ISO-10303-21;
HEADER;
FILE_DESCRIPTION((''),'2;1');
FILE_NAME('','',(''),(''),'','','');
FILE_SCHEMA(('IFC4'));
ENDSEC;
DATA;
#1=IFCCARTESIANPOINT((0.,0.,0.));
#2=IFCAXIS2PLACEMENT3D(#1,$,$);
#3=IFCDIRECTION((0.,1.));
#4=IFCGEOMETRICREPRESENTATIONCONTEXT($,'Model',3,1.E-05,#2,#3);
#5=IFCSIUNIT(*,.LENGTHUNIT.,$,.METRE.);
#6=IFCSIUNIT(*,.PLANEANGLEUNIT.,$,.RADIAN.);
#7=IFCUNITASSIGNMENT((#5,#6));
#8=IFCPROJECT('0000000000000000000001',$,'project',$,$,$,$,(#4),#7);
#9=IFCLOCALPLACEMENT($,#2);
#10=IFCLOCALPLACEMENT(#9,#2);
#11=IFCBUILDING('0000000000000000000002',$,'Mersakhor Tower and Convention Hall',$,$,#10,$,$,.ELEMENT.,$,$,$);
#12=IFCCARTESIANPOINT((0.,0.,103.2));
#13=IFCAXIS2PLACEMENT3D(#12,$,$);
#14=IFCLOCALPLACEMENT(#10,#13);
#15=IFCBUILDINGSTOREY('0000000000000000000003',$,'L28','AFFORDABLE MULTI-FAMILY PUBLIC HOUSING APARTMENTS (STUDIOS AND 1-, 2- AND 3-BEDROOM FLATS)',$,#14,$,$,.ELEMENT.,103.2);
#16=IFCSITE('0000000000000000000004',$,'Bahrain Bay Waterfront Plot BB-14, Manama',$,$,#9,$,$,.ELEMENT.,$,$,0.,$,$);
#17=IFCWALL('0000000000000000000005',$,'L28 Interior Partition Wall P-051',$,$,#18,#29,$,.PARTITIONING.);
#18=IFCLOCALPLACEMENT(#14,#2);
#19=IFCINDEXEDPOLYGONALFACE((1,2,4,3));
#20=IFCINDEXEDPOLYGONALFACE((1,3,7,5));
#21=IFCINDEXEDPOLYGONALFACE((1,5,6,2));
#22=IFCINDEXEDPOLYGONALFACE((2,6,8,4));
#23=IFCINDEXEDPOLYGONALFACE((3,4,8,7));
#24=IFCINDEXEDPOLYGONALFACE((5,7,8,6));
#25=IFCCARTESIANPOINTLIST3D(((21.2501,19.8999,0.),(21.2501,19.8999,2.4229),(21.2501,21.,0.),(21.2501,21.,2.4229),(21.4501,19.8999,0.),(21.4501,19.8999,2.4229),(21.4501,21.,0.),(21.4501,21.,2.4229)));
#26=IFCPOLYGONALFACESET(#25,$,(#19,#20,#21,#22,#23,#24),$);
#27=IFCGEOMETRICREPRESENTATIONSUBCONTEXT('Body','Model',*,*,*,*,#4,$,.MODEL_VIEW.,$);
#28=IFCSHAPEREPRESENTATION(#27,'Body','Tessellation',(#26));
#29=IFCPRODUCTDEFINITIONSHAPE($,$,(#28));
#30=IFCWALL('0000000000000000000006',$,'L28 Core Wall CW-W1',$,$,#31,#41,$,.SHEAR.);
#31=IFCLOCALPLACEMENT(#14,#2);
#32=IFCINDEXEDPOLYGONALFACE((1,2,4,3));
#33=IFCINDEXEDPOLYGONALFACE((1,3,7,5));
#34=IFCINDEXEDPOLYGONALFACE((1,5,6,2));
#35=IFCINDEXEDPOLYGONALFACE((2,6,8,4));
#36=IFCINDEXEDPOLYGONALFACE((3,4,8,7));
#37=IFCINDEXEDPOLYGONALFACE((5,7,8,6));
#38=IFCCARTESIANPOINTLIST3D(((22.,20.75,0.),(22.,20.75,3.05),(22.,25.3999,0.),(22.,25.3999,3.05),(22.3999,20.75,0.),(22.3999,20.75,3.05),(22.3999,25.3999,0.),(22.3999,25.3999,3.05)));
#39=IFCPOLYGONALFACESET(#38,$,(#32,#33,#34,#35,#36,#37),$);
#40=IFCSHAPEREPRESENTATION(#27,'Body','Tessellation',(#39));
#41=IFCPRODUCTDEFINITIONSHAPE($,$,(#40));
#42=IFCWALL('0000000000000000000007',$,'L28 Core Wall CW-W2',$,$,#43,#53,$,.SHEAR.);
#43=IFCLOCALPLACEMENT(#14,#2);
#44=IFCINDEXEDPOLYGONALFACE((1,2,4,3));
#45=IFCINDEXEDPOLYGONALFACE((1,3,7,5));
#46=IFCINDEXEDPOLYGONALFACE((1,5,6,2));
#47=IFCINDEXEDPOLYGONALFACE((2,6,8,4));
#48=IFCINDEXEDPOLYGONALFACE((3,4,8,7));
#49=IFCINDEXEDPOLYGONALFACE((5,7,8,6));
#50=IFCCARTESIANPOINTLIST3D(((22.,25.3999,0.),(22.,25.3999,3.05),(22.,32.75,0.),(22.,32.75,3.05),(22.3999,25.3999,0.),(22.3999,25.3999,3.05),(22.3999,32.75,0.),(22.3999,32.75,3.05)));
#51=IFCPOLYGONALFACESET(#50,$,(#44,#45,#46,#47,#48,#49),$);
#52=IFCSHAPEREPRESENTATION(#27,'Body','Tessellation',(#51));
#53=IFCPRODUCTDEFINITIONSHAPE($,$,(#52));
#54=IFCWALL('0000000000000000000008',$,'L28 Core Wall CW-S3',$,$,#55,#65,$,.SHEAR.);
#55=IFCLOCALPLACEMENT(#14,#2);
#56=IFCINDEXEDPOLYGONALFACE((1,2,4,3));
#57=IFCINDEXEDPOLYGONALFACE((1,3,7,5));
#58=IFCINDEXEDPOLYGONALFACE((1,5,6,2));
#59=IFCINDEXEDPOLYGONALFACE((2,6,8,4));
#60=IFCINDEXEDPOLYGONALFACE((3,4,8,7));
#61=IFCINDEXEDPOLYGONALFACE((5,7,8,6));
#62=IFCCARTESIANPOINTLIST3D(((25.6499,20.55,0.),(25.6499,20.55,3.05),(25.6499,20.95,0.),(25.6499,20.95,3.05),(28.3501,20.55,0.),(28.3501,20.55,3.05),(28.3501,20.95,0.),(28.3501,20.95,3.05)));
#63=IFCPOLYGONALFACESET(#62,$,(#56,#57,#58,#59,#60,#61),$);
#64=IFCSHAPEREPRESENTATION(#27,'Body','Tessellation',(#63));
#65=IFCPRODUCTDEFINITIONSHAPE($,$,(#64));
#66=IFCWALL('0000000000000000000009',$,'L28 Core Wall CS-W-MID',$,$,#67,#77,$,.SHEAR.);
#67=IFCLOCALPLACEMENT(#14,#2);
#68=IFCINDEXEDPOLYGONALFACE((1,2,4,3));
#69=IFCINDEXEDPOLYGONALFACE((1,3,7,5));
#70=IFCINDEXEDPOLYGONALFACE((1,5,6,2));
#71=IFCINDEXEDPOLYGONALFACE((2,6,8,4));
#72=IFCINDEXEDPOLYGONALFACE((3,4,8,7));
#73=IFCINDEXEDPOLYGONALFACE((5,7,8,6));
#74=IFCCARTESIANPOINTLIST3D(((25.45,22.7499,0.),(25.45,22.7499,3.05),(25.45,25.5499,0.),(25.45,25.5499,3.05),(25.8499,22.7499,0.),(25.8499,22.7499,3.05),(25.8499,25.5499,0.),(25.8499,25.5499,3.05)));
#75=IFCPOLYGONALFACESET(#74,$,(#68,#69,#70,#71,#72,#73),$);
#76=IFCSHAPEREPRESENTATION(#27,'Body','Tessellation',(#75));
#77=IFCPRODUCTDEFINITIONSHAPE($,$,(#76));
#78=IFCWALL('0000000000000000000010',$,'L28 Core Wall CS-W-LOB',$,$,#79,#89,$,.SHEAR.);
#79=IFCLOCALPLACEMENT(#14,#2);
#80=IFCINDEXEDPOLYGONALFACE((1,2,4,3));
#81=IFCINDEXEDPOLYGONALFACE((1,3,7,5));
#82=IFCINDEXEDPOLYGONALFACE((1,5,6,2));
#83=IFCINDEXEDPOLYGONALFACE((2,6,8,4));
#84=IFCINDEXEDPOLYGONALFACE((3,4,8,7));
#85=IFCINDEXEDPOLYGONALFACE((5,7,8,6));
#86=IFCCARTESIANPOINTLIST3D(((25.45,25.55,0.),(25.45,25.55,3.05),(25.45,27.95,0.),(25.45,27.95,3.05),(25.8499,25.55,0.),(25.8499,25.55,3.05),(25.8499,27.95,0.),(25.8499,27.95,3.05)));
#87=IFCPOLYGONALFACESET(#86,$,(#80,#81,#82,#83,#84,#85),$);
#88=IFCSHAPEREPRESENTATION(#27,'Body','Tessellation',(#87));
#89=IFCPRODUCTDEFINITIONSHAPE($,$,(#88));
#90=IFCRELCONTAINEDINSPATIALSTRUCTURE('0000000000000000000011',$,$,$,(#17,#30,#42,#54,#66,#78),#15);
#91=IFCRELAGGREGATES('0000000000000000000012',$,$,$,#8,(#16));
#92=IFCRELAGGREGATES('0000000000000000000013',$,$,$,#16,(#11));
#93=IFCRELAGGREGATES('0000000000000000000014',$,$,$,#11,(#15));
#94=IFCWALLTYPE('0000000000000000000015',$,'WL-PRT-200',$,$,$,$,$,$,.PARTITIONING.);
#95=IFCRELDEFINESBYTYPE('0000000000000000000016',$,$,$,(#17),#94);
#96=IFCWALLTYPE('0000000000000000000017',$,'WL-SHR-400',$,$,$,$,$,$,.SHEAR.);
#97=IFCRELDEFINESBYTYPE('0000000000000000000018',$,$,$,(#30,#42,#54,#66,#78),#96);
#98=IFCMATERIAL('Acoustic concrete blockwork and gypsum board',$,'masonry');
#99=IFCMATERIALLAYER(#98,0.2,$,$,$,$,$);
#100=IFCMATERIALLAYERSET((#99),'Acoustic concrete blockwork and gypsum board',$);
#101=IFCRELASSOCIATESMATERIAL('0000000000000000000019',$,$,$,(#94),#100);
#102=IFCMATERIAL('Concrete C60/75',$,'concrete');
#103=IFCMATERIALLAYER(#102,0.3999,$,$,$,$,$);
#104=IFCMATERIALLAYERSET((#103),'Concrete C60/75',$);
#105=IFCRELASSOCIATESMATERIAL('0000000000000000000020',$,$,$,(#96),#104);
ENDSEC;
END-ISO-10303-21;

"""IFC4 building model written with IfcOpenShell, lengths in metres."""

from ifc_helpers import new_model, si_unit, direction, frame, frame_2d, origin, place, context, subcontext, project, spatial, rectangle, extrude, material, layer, layer_set, type_object, element, save


model = new_model("IFC4")

# Units and contexts
model_context = context("Model", 3, precision=1e-05, world=origin(), true_north=direction((0.0, 1.0)))
body_context = subcontext(model_context, "Body", "Model", "MODEL_VIEW")
ifc_project = project(units=[si_unit("LENGTHUNIT", "METRE"), si_unit("PLANEANGLEUNIT", "RADIAN")], contexts=[model_context])

# Site, building, storey
site_placement = place(None, origin())
site = spatial("IfcSite", under=ifc_project, at=site_placement, Name="Bahrain Bay Waterfront Plot BB-14, Manama", CompositionType="ELEMENT", RefElevation=0.0)
building_placement = place(site_placement, origin())
building = spatial("IfcBuilding", under=site, at=building_placement, Name="Mersakhor Tower and Convention Hall", CompositionType="ELEMENT")
storey_placement = place(building_placement, frame((0.0, 0.0, 103.2)))
storey = spatial("IfcBuildingStorey", under=building, at=storey_placement, Name="L28", Description="AFFORDABLE MULTI-FAMILY PUBLIC HOUSING APARTMENTS (STUDIOS AND 1-, 2- AND 3-BEDROOM FLATS)", CompositionType="ELEMENT", Elevation=103.2)

# Wall
ifc_material_1 = material(Name="Acoustic concrete blockwork and gypsum board", Category="masonry")
ifc_layer_1 = layer(ifc_material_1, 0.2)
ifc_layer_set_1 = layer_set([ifc_layer_1], Name="Acoustic concrete blockwork and gypsum board")
wall_type_1 = type_object("IfcWallType", Name="WL-PRT-200", PredefinedType="PARTITIONING", material=ifc_layer_set_1)
wall_1_placement = place(storey_placement, frame((21.3501, 21.0, 0.0), z_axis=(0.0, 0.0, 1.0), x_axis=(0.0, -1.0, 0.0)))
element("IfcWall", 1, at=wall_1_placement, inside=storey, type_object=wall_type_1, Name="L28 Interior Partition Wall P-051", PredefinedType="PARTITIONING", context=body_context, shape_type="SweptSolid", body=[
    extrude(rectangle(XDim=1.1001, YDim=0.2, at=frame_2d((0.55, 0.0))), origin(), (0.0, 0.0, 1.0), 2.4229),
])

# Walls
ifc_material_2 = material(Name="Concrete C60/75", Category="concrete")
ifc_layer_2 = layer(ifc_material_2, 0.3999)
ifc_layer_set_2 = layer_set([ifc_layer_2], Name="Concrete C60/75")
wall_type_2 = type_object("IfcWallType", Name="WL-SHR-400", PredefinedType="SHEAR", material=ifc_layer_set_2)
wall_2_placement = place(storey_placement, frame((22.2, 20.75, 0.0), z_axis=(0.0, 0.0, 1.0), x_axis=(0.0, 1.0, 0.0)))
element("IfcWall", 2, at=wall_2_placement, inside=storey, type_object=wall_type_2, Name="L28 Core Wall CW-W1", PredefinedType="SHEAR", context=body_context, shape_type="SweptSolid", body=[
    extrude(rectangle(XDim=4.6499, YDim=0.3999, at=frame_2d((2.325, 0.0))), origin(), (0.0, 0.0, 1.0), 3.05),
])
wall_3_placement = place(storey_placement, frame((22.2, 25.3999, 0.0), z_axis=(0.0, 0.0, 1.0), x_axis=(0.0, 1.0, 0.0)))
element("IfcWall", 3, at=wall_3_placement, inside=storey, type_object=wall_type_2, Name="L28 Core Wall CW-W2", PredefinedType="SHEAR", context=body_context, shape_type="SweptSolid", body=[
    extrude(rectangle(XDim=7.3501, YDim=0.3999, at=frame_2d((3.675, 0.0))), origin(), (0.0, 0.0, 1.0), 3.05),
])
wall_4_placement = place(storey_placement, frame((28.3501, 20.75, 0.0), z_axis=(0.0, 0.0, 1.0), x_axis=(-1.0, 0.0, 0.0)))
element("IfcWall", 4, at=wall_4_placement, inside=storey, type_object=wall_type_2, Name="L28 Core Wall CW-S3", PredefinedType="SHEAR", context=body_context, shape_type="SweptSolid", body=[
    extrude(rectangle(XDim=2.7002, YDim=0.3999, at=frame_2d((1.3501, 0.0))), origin(), (0.0, 0.0, 1.0), 3.05),
])

# Walls
wall_5_placement = place(storey_placement, frame((25.6499, 22.75, 0.0), z_axis=(0.0, 0.0, 1.0), x_axis=(0.0, 1.0, 0.0)))
element("IfcWall", 5, at=wall_5_placement, inside=storey, type_object=wall_type_2, Name="L28 Core Wall CS-W-MID", PredefinedType="SHEAR", context=body_context, shape_type="SweptSolid", body=[
    extrude(rectangle(XDim=2.8, YDim=0.3999, at=frame_2d((1.3999, 0.0))), origin(), (0.0, 0.0, 1.0), 3.05),
])
wall_6_placement = place(storey_placement, frame((25.6499, 25.55, 0.0), z_axis=(0.0, 0.0, 1.0), x_axis=(0.0, 1.0, 0.0)))
element("IfcWall", 6, at=wall_6_placement, inside=storey, type_object=wall_type_2, Name="L28 Core Wall CS-W-LOB", PredefinedType="SHEAR", context=body_context, shape_type="SweptSolid", body=[
    extrude(rectangle(XDim=2.3999, YDim=0.3999, at=frame_2d((1.2, 0.0))), origin(), (0.0, 0.0, 1.0), 3.05),
])

save(model, "model.ifc")
